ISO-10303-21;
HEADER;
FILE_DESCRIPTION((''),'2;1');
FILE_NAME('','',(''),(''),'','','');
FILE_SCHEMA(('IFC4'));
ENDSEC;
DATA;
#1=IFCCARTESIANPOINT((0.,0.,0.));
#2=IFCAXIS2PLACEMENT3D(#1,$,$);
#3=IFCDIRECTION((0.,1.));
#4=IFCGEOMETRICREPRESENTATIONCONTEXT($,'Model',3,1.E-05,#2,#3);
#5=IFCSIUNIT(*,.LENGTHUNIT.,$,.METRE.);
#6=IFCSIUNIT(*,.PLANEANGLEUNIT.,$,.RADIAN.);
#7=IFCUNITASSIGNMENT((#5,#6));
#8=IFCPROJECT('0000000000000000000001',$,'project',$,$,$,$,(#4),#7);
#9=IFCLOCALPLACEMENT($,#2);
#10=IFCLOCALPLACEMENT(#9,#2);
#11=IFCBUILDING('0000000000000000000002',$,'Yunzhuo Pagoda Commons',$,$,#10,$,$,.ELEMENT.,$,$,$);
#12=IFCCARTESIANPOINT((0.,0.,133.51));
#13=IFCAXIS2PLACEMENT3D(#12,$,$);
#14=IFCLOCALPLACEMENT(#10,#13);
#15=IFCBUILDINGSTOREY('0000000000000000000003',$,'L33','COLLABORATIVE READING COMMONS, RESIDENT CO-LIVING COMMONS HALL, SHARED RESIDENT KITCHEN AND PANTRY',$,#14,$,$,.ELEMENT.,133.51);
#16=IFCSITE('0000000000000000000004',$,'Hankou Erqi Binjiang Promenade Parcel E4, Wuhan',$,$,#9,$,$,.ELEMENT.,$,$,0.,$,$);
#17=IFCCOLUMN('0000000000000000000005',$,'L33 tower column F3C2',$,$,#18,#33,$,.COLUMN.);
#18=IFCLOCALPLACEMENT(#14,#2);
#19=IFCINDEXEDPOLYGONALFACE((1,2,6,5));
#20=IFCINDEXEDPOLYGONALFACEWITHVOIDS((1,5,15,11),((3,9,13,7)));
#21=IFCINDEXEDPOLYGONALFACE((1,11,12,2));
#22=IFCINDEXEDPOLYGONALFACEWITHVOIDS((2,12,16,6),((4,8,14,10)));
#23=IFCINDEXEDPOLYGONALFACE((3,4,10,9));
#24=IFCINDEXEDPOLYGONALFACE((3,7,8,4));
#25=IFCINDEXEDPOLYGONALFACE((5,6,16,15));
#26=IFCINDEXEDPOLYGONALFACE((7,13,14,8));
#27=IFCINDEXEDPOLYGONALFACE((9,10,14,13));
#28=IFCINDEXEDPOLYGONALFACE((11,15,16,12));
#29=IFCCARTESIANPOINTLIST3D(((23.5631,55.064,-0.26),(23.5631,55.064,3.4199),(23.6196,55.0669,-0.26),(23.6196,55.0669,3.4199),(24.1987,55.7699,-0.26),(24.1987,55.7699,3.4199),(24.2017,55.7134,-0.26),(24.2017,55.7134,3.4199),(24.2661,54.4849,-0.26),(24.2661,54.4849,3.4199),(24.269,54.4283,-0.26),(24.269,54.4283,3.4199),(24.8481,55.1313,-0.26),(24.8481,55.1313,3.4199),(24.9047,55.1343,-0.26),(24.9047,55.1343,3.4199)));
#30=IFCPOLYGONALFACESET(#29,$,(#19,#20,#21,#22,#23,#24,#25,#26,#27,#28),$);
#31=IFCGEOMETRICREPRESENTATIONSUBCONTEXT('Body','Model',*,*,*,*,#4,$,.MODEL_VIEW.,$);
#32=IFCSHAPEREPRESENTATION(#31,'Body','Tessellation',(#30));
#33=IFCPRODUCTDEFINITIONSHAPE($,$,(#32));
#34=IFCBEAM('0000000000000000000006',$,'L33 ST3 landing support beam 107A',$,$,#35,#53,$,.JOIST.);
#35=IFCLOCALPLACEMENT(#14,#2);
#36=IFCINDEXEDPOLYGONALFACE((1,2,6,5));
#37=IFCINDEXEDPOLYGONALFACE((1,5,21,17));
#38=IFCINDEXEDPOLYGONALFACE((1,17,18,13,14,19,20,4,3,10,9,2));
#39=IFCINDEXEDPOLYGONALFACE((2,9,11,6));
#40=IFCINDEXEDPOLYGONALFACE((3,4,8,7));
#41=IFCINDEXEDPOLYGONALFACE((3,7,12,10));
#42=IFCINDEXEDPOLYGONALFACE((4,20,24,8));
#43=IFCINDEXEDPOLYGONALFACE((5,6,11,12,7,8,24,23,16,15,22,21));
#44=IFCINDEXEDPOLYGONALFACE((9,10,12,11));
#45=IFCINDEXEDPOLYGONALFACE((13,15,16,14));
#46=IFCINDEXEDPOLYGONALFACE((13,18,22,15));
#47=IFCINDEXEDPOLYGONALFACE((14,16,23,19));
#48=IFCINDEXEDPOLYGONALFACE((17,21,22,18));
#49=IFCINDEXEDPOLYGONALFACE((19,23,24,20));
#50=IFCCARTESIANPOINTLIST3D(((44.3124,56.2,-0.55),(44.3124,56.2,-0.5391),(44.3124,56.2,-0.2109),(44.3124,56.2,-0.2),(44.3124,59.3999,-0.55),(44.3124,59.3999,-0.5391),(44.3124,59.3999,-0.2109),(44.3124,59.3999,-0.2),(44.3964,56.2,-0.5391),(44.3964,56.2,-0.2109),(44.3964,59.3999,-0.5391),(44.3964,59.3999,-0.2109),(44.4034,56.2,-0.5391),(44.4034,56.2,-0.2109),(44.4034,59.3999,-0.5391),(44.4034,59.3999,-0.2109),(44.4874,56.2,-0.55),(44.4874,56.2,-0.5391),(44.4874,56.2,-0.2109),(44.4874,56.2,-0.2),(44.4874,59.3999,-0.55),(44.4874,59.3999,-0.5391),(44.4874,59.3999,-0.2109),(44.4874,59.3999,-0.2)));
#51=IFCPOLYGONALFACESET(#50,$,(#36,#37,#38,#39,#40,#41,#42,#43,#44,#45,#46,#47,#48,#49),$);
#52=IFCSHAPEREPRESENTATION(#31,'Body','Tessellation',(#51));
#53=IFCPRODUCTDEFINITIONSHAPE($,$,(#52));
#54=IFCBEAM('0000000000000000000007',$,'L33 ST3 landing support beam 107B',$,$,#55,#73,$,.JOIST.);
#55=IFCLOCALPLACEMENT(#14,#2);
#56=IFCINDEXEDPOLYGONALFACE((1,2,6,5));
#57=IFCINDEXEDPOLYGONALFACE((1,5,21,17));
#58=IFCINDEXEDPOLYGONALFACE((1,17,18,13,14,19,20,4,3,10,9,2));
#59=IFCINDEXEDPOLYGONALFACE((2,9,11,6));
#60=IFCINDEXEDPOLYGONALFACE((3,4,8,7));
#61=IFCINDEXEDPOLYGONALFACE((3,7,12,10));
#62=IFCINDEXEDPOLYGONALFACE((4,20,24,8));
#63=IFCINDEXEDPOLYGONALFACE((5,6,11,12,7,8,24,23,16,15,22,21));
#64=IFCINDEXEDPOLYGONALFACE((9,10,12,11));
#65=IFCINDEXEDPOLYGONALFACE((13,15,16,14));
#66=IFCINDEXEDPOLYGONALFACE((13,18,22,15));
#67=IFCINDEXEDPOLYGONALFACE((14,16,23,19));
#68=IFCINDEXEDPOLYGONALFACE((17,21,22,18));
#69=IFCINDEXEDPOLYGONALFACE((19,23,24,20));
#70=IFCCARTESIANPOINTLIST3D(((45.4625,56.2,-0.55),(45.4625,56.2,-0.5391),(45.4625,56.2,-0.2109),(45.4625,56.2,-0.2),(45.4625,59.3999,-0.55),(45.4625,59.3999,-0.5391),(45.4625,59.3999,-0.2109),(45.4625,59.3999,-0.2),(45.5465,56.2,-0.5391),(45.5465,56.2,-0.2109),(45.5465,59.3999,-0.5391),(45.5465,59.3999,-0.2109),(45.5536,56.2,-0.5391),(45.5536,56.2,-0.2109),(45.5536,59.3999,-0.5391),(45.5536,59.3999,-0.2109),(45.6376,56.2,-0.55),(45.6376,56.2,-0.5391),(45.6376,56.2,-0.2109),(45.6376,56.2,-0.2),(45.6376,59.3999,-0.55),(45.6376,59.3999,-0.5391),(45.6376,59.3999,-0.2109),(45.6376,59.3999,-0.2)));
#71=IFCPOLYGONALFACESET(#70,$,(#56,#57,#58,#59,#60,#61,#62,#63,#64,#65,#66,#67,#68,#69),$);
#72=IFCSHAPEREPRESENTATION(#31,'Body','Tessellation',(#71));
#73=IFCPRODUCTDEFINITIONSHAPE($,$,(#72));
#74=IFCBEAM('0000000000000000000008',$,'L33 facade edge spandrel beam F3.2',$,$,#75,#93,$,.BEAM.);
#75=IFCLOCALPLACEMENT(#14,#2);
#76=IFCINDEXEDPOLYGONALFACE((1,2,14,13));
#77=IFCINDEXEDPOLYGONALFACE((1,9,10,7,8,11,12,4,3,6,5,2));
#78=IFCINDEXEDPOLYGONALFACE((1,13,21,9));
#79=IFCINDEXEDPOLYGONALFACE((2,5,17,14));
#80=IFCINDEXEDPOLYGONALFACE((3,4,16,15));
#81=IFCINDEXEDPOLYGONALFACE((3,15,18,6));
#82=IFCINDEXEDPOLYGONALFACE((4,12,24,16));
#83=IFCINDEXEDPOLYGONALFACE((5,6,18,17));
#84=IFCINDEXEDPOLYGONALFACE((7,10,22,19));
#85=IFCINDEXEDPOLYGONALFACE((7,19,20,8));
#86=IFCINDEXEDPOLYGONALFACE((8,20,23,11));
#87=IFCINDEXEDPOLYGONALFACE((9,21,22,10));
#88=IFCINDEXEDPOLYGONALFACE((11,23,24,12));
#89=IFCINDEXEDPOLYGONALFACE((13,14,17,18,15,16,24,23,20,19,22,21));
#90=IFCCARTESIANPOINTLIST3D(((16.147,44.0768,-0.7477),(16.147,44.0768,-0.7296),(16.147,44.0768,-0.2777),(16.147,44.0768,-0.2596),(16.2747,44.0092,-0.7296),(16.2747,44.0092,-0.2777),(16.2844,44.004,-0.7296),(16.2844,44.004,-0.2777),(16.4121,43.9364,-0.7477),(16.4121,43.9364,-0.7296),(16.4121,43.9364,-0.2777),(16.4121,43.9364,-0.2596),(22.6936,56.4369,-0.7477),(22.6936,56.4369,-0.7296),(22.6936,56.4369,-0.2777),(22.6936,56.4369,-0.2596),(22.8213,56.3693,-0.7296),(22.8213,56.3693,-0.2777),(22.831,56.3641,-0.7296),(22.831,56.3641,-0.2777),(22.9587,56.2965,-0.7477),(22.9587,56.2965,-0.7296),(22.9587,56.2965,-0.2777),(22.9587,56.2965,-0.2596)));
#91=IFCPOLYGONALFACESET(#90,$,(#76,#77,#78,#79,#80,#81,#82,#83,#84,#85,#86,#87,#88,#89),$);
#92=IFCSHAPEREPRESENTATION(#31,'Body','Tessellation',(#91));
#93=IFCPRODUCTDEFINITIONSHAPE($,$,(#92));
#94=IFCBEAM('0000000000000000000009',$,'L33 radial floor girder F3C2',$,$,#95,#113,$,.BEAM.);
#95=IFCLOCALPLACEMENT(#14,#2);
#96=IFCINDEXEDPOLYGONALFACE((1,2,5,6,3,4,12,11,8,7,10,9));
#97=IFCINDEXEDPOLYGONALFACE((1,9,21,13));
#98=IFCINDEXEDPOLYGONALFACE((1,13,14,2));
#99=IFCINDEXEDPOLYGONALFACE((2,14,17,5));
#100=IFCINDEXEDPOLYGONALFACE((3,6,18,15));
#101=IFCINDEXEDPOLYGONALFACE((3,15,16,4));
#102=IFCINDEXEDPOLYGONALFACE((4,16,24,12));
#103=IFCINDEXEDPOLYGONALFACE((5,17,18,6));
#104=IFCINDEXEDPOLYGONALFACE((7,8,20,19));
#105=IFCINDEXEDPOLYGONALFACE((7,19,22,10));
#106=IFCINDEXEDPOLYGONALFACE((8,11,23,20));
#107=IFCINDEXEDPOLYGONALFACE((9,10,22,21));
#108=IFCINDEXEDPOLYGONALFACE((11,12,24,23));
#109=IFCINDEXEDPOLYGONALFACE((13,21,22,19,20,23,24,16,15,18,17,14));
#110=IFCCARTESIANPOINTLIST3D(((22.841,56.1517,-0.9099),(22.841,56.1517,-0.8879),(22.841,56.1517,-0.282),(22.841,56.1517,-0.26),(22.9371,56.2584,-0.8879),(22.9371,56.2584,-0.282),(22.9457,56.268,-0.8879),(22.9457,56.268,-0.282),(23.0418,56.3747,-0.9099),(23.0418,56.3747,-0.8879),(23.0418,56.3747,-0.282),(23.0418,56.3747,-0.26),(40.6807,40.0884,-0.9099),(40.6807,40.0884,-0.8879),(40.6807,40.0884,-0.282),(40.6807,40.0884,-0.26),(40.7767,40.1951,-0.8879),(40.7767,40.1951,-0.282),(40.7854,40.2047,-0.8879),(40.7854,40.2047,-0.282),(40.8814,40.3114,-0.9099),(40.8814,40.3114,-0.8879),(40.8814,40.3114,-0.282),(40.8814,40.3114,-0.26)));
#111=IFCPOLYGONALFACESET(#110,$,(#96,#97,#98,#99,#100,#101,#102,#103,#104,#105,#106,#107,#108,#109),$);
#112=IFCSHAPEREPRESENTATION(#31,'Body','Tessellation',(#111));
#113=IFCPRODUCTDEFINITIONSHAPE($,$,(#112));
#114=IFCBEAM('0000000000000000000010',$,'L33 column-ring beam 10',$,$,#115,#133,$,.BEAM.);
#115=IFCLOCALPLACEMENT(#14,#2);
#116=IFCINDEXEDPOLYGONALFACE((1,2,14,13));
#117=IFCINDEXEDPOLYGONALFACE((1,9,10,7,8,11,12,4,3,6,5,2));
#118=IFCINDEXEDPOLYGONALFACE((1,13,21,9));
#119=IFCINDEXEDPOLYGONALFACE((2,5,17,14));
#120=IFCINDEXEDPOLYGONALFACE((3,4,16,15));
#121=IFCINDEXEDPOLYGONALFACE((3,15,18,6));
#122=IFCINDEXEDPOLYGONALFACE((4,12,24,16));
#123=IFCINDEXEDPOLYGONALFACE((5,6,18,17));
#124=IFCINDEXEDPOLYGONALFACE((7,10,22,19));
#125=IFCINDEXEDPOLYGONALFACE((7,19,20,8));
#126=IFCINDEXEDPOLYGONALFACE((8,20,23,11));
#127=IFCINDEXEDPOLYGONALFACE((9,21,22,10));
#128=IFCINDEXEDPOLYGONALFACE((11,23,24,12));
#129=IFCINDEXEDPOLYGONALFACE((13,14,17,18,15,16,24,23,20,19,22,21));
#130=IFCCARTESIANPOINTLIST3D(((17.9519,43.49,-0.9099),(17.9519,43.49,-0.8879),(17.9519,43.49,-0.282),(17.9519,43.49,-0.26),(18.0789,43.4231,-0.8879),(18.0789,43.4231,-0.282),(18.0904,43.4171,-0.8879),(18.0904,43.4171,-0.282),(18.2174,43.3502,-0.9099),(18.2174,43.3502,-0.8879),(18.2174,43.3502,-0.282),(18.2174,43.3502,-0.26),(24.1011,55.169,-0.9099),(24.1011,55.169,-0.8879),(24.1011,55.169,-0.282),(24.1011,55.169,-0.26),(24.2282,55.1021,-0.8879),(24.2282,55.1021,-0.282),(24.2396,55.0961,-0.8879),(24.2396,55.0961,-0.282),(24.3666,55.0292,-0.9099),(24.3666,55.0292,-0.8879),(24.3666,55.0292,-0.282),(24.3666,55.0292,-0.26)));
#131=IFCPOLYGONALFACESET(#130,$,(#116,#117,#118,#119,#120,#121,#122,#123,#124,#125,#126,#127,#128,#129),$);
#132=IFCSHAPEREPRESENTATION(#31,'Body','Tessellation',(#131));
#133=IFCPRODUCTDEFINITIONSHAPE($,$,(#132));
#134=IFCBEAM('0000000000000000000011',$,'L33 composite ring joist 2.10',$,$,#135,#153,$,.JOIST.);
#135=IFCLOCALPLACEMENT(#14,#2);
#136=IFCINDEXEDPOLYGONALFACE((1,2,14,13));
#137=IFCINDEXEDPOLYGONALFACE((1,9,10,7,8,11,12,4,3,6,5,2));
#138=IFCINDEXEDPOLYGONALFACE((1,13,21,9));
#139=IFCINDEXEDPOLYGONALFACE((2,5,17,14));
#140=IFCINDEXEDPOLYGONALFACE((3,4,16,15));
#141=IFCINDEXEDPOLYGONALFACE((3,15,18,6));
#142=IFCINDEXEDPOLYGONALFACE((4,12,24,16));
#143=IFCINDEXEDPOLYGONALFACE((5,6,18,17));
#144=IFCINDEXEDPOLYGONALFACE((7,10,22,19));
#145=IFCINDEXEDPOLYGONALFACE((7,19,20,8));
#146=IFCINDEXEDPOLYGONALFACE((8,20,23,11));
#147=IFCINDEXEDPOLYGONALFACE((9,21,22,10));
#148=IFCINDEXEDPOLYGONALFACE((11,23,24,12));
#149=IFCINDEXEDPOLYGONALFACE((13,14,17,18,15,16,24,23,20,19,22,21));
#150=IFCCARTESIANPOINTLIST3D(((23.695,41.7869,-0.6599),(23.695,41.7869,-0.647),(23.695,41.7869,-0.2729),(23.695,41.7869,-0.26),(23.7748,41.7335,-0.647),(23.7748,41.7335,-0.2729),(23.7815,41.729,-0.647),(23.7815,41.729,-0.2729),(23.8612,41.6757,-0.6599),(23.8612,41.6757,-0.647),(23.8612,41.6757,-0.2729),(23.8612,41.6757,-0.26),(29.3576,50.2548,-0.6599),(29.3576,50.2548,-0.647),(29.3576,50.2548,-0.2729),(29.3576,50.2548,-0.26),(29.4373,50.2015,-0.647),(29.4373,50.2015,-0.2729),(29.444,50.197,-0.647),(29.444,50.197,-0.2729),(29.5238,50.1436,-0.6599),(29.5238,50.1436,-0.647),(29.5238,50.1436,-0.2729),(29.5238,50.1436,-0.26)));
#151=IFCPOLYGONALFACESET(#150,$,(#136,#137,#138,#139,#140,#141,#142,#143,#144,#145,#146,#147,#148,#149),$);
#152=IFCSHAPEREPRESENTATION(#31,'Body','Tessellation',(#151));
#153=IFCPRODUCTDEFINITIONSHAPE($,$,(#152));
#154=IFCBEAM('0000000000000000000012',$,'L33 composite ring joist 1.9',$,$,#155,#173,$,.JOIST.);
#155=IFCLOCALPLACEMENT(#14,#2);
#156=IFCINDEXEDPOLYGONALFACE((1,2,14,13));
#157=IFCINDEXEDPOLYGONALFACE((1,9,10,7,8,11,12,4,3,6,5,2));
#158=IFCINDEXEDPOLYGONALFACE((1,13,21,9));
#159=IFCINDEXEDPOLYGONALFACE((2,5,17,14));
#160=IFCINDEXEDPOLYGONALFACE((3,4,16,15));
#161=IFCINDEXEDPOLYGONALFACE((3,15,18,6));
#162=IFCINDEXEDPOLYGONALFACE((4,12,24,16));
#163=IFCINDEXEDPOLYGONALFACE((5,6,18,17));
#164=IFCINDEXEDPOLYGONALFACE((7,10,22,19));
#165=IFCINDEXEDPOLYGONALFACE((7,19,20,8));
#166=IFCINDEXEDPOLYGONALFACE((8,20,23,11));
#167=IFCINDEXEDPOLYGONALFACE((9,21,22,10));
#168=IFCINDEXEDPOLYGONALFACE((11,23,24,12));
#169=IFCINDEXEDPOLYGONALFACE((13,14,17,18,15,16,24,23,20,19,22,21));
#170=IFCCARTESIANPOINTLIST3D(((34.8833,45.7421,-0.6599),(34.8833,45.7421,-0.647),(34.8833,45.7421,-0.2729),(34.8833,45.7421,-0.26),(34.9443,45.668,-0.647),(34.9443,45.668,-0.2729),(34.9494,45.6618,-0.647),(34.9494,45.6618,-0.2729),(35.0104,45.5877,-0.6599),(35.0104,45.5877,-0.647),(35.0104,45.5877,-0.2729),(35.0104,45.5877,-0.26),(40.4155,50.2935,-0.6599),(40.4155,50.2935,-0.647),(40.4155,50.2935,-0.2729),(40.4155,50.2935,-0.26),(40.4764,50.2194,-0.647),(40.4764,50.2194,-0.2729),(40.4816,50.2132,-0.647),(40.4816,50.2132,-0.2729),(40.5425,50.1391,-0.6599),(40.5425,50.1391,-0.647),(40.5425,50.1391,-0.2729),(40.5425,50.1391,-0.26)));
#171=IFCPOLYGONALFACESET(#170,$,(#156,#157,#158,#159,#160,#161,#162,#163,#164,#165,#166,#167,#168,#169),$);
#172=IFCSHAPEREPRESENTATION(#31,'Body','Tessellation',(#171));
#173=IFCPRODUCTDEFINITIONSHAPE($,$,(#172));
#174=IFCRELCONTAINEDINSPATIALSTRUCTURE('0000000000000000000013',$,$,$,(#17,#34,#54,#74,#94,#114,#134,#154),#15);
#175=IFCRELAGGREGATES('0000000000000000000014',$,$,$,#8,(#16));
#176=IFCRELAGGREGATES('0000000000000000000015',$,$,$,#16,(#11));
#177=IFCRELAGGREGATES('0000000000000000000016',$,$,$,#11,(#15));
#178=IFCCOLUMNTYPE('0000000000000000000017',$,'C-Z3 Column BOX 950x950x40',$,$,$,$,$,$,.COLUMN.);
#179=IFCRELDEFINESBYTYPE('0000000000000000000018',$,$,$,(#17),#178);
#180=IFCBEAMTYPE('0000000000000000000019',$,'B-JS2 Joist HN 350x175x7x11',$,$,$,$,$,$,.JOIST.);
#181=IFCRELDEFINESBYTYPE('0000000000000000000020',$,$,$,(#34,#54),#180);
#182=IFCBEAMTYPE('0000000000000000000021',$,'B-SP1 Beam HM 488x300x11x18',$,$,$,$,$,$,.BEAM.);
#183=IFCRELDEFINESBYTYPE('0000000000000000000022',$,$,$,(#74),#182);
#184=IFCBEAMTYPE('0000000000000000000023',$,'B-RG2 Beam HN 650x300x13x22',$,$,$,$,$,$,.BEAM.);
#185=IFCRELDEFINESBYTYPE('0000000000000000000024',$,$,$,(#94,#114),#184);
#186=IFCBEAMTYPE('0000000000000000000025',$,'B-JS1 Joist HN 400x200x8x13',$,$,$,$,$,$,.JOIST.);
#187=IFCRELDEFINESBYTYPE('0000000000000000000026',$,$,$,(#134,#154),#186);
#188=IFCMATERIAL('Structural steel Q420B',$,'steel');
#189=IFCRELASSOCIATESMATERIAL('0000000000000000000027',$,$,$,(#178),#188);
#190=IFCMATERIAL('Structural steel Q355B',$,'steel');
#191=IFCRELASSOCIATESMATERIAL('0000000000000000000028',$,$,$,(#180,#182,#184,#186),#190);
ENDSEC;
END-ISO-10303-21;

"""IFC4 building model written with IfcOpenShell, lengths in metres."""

from ifc_helpers import new_model, si_unit, direction, frame, origin, origin_2d, place, context, subcontext, project, spatial, hollow_rectangle, i_section, extrude, source, transform, mapped, material, material_profile, profile_set, type_object, element, save


model = new_model("IFC4")

# Units and contexts
model_context = context("Model", 3, precision=1e-05, world=origin(), true_north=direction((0.0, 1.0)))
body_context = subcontext(model_context, "Body", "Model", "MODEL_VIEW")
ifc_project = project(units=[si_unit("LENGTHUNIT", "METRE"), si_unit("PLANEANGLEUNIT", "RADIAN")], contexts=[model_context])

# Site, building, storey
site_placement = place(None, origin())
site = spatial("IfcSite", under=ifc_project, at=site_placement, Name="Hankou Erqi Binjiang Promenade Parcel E4, Wuhan", CompositionType="ELEMENT", RefElevation=0.0)
building_placement = place(site_placement, origin())
building = spatial("IfcBuilding", under=site, at=building_placement, Name="Yunzhuo Pagoda Commons", CompositionType="ELEMENT")
storey_placement = place(building_placement, frame((0.0, 0.0, 133.51)))
storey = spatial("IfcBuildingStorey", under=building, at=storey_placement, Name="L33", Description="COLLABORATIVE READING COMMONS, RESIDENT CO-LIVING COMMONS HALL, SHARED RESIDENT KITCHEN AND PANTRY", CompositionType="ELEMENT", Elevation=133.51)

# Column
ifc_material_1 = material(Name="Structural steel Q420B", Category="steel")
ifc_material_profile_1 = material_profile(ifc_material_1, hollow_rectangle(XDim=0.95, YDim=0.95, WallThickness=0.04, at=origin_2d()), Name="Structural steel Q420B")
ifc_profile_set_1 = profile_set([ifc_material_profile_1], Name="Structural steel Q420B")
column_type = type_object("IfcColumnType", Name="C-Z3 Column BOX 950x950x40", PredefinedType="COLUMN", material=ifc_profile_set_1)
shared_shape_1 = source(origin(), body_context, "Body", "SweptSolid", [
    extrude(hollow_rectangle(XDim=0.95, YDim=0.95, WallThickness=0.04, at=origin_2d()), origin(), (0.0, 0.0, 1.0), 3.6799),
])
column_placement = place(storey_placement, frame((24.2339, 55.0991, -0.26), z_axis=(0.0, 0.0, 1.0), x_axis=(-0.669131, -0.743145, 0.0)))
element("IfcColumn", 1, at=column_placement, inside=storey, type_object=column_type, Name="L33 tower column F3C2", PredefinedType="COLUMN", context=body_context, shape_type="MappedRepresentation", body=[
    mapped(shared_shape_1, transform((0.0, 0.0, 0.0), scale=1.0)),
])

# Beams
ifc_material_2 = material(Name="Structural steel Q355B", Category="steel")
ifc_material_profile_2 = material_profile(ifc_material_2, i_section(OverallWidth=0.175, OverallDepth=0.3501, WebThickness=0.0071, FlangeThickness=0.011, at=origin_2d()), Name="Structural steel Q355B")
ifc_profile_set_2 = profile_set([ifc_material_profile_2], Name="Structural steel Q355B")
beam_type_1 = type_object("IfcBeamType", Name="B-JS2 Joist HN 350x175x7x11", PredefinedType="JOIST", material=ifc_profile_set_2)
shared_shape_2 = source(origin(), body_context, "Body", "SweptSolid", [
    extrude(i_section(OverallWidth=0.175, OverallDepth=0.3501, WebThickness=0.0071, FlangeThickness=0.011, at=origin_2d()), origin(), (0.0, 0.0, 1.0), 3.2),
])
for number, where, z_axis, x_axis, name in (
    (2, (44.3999, 56.2, -0.375), (0.0, 1.0, 0.0), (-1.0, 0.0, 0.0), "L33 ST3 landing support beam 107A"),
    (3, (45.55, 56.2, -0.375), (0.0, 1.0, 0.0), (-1.0, 0.0, 0.0), "L33 ST3 landing support beam 107B"),
):
    element("IfcBeam", number, at=place(storey_placement, frame(where, z_axis=z_axis, x_axis=x_axis)), inside=storey, type_object=beam_type_1, Name=name, PredefinedType="JOIST", context=body_context, shape_type="MappedRepresentation", body=[
        mapped(shared_shape_2, transform((0.0, 0.0, 0.0), scale=1.0)),
    ])
ifc_material_profile_3 = material_profile(ifc_material_2, i_section(OverallWidth=0.3, OverallDepth=0.488, WebThickness=0.011, FlangeThickness=0.0181, at=origin_2d()), Name="Structural steel Q355B")
ifc_profile_set_3 = profile_set([ifc_material_profile_3], Name="Structural steel Q355B")
beam_type_2 = type_object("IfcBeamType", Name="B-SP1 Beam HM 488x300x11x18", PredefinedType="BEAM", material=ifc_profile_set_3)
shared_shape_3 = source(origin(), body_context, "Body", "SweptSolid", [
    extrude(i_section(OverallWidth=0.3, OverallDepth=0.488, WebThickness=0.011, FlangeThickness=0.0181, at=origin_2d()), origin(), (0.0, 0.0, 1.0), 13.9868),
])
beam_1_placement = place(storey_placement, frame((22.8262, 56.3667, -0.5037), z_axis=(-0.468058, -0.883698, 0.0), x_axis=(0.883698, -0.468058, 0.0)))
element("IfcBeam", 4, at=beam_1_placement, inside=storey, type_object=beam_type_2, Name="L33 facade edge spandrel beam F3.2", PredefinedType="BEAM", context=body_context, shape_type="MappedRepresentation", body=[
    mapped(shared_shape_3, transform((0.0, 0.0, 0.0), scale=1.0)),
])
ifc_material_profile_4 = material_profile(ifc_material_2, i_section(OverallWidth=0.3, OverallDepth=0.6499, WebThickness=0.0129, FlangeThickness=0.022, at=origin_2d()), Name="Structural steel Q355B")
ifc_profile_set_4 = profile_set([ifc_material_profile_4], Name="Structural steel Q355B")
beam_type_3 = type_object("IfcBeamType", Name="B-RG2 Beam HN 650x300x13x22", PredefinedType="BEAM", material=ifc_profile_set_4)
shared_shape_4 = source(origin(), body_context, "Body", "SweptSolid", [
    extrude(i_section(OverallWidth=0.3, OverallDepth=0.6499, WebThickness=0.0129, FlangeThickness=0.022, at=origin_2d()), origin(), (0.0, 0.0, 1.0), 24.0059),
])
beam_2_placement = place(storey_placement, frame((22.9414, 56.2632, -0.585), z_axis=(0.743137, -0.669139, 0.0), x_axis=(0.669139, 0.743137, 0.0)))
element("IfcBeam", 5, at=beam_2_placement, inside=storey, type_object=beam_type_3, Name="L33 radial floor girder F3C2", PredefinedType="BEAM", context=body_context, shape_type="MappedRepresentation", body=[
    mapped(shared_shape_4, transform((0.0, 0.0, 0.0), scale=1.0)),
])
shared_shape_5 = source(origin(), body_context, "Body", "SweptSolid", [
    extrude(i_section(OverallWidth=0.3, OverallDepth=0.6499, WebThickness=0.0129, FlangeThickness=0.022, at=origin_2d()), origin(), (0.0, 0.0, 1.0), 13.199),
])
beam_3_placement = place(storey_placement, frame((24.2339, 55.0991, -0.585), z_axis=(-0.465886, -0.884845, 0.0), x_axis=(0.884845, -0.465886, 0.0)))
element("IfcBeam", 6, at=beam_3_placement, inside=storey, type_object=beam_type_3, Name="L33 column-ring beam 10", PredefinedType="BEAM", context=body_context, shape_type="MappedRepresentation", body=[
    mapped(shared_shape_5, transform((0.0, 0.0, 0.0), scale=1.0)),
])
ifc_material_profile_5 = material_profile(ifc_material_2, i_section(OverallWidth=0.2, OverallDepth=0.3999, WebThickness=0.0081, FlangeThickness=0.0129, at=origin_2d()), Name="Structural steel Q355B")
ifc_profile_set_5 = profile_set([ifc_material_profile_5], Name="Structural steel Q355B")
beam_type_4 = type_object("IfcBeamType", Name="B-JS1 Joist HN 400x200x8x13", PredefinedType="JOIST", material=ifc_profile_set_5)
shared_shape_6 = source(origin(), body_context, "Body", "SweptSolid", [
    extrude(i_section(OverallWidth=0.2, OverallDepth=0.3999, WebThickness=0.0081, FlangeThickness=0.0129, at=origin_2d()), origin(), (0.0, 0.0, 1.0), 10.1868),
])
beam_4_placement = place(storey_placement, frame((29.4407, 50.1992, -0.46), z_axis=(-0.555872, -0.831268, 0.0), x_axis=(0.831268, -0.555872, 0.0)))
element("IfcBeam", 7, at=beam_4_placement, inside=storey, type_object=beam_type_4, Name="L33 composite ring joist 2.10", PredefinedType="JOIST", context=body_context, shape_type="MappedRepresentation", body=[
    mapped(shared_shape_6, transform((0.0, 0.0, 0.0), scale=1.0)),
])
shared_shape_7 = source(origin(), body_context, "Body", "SweptSolid", [
    extrude(i_section(OverallWidth=0.2, OverallDepth=0.3999, WebThickness=0.0081, FlangeThickness=0.0129, at=origin_2d()), origin(), (0.0, 0.0, 1.0), 7.1638),
])
beam_5_placement = place(storey_placement, frame((40.479, 50.2163, -0.46), z_axis=(-0.772234, -0.635338, 0.0), x_axis=(0.635338, -0.772234, 0.0)))
element("IfcBeam", 8, at=beam_5_placement, inside=storey, type_object=beam_type_4, Name="L33 composite ring joist 1.9", PredefinedType="JOIST", context=body_context, shape_type="MappedRepresentation", body=[
    mapped(shared_shape_7, transform((0.0, 0.0, 0.0), scale=1.0)),
])

save(model, "model.ifc")
